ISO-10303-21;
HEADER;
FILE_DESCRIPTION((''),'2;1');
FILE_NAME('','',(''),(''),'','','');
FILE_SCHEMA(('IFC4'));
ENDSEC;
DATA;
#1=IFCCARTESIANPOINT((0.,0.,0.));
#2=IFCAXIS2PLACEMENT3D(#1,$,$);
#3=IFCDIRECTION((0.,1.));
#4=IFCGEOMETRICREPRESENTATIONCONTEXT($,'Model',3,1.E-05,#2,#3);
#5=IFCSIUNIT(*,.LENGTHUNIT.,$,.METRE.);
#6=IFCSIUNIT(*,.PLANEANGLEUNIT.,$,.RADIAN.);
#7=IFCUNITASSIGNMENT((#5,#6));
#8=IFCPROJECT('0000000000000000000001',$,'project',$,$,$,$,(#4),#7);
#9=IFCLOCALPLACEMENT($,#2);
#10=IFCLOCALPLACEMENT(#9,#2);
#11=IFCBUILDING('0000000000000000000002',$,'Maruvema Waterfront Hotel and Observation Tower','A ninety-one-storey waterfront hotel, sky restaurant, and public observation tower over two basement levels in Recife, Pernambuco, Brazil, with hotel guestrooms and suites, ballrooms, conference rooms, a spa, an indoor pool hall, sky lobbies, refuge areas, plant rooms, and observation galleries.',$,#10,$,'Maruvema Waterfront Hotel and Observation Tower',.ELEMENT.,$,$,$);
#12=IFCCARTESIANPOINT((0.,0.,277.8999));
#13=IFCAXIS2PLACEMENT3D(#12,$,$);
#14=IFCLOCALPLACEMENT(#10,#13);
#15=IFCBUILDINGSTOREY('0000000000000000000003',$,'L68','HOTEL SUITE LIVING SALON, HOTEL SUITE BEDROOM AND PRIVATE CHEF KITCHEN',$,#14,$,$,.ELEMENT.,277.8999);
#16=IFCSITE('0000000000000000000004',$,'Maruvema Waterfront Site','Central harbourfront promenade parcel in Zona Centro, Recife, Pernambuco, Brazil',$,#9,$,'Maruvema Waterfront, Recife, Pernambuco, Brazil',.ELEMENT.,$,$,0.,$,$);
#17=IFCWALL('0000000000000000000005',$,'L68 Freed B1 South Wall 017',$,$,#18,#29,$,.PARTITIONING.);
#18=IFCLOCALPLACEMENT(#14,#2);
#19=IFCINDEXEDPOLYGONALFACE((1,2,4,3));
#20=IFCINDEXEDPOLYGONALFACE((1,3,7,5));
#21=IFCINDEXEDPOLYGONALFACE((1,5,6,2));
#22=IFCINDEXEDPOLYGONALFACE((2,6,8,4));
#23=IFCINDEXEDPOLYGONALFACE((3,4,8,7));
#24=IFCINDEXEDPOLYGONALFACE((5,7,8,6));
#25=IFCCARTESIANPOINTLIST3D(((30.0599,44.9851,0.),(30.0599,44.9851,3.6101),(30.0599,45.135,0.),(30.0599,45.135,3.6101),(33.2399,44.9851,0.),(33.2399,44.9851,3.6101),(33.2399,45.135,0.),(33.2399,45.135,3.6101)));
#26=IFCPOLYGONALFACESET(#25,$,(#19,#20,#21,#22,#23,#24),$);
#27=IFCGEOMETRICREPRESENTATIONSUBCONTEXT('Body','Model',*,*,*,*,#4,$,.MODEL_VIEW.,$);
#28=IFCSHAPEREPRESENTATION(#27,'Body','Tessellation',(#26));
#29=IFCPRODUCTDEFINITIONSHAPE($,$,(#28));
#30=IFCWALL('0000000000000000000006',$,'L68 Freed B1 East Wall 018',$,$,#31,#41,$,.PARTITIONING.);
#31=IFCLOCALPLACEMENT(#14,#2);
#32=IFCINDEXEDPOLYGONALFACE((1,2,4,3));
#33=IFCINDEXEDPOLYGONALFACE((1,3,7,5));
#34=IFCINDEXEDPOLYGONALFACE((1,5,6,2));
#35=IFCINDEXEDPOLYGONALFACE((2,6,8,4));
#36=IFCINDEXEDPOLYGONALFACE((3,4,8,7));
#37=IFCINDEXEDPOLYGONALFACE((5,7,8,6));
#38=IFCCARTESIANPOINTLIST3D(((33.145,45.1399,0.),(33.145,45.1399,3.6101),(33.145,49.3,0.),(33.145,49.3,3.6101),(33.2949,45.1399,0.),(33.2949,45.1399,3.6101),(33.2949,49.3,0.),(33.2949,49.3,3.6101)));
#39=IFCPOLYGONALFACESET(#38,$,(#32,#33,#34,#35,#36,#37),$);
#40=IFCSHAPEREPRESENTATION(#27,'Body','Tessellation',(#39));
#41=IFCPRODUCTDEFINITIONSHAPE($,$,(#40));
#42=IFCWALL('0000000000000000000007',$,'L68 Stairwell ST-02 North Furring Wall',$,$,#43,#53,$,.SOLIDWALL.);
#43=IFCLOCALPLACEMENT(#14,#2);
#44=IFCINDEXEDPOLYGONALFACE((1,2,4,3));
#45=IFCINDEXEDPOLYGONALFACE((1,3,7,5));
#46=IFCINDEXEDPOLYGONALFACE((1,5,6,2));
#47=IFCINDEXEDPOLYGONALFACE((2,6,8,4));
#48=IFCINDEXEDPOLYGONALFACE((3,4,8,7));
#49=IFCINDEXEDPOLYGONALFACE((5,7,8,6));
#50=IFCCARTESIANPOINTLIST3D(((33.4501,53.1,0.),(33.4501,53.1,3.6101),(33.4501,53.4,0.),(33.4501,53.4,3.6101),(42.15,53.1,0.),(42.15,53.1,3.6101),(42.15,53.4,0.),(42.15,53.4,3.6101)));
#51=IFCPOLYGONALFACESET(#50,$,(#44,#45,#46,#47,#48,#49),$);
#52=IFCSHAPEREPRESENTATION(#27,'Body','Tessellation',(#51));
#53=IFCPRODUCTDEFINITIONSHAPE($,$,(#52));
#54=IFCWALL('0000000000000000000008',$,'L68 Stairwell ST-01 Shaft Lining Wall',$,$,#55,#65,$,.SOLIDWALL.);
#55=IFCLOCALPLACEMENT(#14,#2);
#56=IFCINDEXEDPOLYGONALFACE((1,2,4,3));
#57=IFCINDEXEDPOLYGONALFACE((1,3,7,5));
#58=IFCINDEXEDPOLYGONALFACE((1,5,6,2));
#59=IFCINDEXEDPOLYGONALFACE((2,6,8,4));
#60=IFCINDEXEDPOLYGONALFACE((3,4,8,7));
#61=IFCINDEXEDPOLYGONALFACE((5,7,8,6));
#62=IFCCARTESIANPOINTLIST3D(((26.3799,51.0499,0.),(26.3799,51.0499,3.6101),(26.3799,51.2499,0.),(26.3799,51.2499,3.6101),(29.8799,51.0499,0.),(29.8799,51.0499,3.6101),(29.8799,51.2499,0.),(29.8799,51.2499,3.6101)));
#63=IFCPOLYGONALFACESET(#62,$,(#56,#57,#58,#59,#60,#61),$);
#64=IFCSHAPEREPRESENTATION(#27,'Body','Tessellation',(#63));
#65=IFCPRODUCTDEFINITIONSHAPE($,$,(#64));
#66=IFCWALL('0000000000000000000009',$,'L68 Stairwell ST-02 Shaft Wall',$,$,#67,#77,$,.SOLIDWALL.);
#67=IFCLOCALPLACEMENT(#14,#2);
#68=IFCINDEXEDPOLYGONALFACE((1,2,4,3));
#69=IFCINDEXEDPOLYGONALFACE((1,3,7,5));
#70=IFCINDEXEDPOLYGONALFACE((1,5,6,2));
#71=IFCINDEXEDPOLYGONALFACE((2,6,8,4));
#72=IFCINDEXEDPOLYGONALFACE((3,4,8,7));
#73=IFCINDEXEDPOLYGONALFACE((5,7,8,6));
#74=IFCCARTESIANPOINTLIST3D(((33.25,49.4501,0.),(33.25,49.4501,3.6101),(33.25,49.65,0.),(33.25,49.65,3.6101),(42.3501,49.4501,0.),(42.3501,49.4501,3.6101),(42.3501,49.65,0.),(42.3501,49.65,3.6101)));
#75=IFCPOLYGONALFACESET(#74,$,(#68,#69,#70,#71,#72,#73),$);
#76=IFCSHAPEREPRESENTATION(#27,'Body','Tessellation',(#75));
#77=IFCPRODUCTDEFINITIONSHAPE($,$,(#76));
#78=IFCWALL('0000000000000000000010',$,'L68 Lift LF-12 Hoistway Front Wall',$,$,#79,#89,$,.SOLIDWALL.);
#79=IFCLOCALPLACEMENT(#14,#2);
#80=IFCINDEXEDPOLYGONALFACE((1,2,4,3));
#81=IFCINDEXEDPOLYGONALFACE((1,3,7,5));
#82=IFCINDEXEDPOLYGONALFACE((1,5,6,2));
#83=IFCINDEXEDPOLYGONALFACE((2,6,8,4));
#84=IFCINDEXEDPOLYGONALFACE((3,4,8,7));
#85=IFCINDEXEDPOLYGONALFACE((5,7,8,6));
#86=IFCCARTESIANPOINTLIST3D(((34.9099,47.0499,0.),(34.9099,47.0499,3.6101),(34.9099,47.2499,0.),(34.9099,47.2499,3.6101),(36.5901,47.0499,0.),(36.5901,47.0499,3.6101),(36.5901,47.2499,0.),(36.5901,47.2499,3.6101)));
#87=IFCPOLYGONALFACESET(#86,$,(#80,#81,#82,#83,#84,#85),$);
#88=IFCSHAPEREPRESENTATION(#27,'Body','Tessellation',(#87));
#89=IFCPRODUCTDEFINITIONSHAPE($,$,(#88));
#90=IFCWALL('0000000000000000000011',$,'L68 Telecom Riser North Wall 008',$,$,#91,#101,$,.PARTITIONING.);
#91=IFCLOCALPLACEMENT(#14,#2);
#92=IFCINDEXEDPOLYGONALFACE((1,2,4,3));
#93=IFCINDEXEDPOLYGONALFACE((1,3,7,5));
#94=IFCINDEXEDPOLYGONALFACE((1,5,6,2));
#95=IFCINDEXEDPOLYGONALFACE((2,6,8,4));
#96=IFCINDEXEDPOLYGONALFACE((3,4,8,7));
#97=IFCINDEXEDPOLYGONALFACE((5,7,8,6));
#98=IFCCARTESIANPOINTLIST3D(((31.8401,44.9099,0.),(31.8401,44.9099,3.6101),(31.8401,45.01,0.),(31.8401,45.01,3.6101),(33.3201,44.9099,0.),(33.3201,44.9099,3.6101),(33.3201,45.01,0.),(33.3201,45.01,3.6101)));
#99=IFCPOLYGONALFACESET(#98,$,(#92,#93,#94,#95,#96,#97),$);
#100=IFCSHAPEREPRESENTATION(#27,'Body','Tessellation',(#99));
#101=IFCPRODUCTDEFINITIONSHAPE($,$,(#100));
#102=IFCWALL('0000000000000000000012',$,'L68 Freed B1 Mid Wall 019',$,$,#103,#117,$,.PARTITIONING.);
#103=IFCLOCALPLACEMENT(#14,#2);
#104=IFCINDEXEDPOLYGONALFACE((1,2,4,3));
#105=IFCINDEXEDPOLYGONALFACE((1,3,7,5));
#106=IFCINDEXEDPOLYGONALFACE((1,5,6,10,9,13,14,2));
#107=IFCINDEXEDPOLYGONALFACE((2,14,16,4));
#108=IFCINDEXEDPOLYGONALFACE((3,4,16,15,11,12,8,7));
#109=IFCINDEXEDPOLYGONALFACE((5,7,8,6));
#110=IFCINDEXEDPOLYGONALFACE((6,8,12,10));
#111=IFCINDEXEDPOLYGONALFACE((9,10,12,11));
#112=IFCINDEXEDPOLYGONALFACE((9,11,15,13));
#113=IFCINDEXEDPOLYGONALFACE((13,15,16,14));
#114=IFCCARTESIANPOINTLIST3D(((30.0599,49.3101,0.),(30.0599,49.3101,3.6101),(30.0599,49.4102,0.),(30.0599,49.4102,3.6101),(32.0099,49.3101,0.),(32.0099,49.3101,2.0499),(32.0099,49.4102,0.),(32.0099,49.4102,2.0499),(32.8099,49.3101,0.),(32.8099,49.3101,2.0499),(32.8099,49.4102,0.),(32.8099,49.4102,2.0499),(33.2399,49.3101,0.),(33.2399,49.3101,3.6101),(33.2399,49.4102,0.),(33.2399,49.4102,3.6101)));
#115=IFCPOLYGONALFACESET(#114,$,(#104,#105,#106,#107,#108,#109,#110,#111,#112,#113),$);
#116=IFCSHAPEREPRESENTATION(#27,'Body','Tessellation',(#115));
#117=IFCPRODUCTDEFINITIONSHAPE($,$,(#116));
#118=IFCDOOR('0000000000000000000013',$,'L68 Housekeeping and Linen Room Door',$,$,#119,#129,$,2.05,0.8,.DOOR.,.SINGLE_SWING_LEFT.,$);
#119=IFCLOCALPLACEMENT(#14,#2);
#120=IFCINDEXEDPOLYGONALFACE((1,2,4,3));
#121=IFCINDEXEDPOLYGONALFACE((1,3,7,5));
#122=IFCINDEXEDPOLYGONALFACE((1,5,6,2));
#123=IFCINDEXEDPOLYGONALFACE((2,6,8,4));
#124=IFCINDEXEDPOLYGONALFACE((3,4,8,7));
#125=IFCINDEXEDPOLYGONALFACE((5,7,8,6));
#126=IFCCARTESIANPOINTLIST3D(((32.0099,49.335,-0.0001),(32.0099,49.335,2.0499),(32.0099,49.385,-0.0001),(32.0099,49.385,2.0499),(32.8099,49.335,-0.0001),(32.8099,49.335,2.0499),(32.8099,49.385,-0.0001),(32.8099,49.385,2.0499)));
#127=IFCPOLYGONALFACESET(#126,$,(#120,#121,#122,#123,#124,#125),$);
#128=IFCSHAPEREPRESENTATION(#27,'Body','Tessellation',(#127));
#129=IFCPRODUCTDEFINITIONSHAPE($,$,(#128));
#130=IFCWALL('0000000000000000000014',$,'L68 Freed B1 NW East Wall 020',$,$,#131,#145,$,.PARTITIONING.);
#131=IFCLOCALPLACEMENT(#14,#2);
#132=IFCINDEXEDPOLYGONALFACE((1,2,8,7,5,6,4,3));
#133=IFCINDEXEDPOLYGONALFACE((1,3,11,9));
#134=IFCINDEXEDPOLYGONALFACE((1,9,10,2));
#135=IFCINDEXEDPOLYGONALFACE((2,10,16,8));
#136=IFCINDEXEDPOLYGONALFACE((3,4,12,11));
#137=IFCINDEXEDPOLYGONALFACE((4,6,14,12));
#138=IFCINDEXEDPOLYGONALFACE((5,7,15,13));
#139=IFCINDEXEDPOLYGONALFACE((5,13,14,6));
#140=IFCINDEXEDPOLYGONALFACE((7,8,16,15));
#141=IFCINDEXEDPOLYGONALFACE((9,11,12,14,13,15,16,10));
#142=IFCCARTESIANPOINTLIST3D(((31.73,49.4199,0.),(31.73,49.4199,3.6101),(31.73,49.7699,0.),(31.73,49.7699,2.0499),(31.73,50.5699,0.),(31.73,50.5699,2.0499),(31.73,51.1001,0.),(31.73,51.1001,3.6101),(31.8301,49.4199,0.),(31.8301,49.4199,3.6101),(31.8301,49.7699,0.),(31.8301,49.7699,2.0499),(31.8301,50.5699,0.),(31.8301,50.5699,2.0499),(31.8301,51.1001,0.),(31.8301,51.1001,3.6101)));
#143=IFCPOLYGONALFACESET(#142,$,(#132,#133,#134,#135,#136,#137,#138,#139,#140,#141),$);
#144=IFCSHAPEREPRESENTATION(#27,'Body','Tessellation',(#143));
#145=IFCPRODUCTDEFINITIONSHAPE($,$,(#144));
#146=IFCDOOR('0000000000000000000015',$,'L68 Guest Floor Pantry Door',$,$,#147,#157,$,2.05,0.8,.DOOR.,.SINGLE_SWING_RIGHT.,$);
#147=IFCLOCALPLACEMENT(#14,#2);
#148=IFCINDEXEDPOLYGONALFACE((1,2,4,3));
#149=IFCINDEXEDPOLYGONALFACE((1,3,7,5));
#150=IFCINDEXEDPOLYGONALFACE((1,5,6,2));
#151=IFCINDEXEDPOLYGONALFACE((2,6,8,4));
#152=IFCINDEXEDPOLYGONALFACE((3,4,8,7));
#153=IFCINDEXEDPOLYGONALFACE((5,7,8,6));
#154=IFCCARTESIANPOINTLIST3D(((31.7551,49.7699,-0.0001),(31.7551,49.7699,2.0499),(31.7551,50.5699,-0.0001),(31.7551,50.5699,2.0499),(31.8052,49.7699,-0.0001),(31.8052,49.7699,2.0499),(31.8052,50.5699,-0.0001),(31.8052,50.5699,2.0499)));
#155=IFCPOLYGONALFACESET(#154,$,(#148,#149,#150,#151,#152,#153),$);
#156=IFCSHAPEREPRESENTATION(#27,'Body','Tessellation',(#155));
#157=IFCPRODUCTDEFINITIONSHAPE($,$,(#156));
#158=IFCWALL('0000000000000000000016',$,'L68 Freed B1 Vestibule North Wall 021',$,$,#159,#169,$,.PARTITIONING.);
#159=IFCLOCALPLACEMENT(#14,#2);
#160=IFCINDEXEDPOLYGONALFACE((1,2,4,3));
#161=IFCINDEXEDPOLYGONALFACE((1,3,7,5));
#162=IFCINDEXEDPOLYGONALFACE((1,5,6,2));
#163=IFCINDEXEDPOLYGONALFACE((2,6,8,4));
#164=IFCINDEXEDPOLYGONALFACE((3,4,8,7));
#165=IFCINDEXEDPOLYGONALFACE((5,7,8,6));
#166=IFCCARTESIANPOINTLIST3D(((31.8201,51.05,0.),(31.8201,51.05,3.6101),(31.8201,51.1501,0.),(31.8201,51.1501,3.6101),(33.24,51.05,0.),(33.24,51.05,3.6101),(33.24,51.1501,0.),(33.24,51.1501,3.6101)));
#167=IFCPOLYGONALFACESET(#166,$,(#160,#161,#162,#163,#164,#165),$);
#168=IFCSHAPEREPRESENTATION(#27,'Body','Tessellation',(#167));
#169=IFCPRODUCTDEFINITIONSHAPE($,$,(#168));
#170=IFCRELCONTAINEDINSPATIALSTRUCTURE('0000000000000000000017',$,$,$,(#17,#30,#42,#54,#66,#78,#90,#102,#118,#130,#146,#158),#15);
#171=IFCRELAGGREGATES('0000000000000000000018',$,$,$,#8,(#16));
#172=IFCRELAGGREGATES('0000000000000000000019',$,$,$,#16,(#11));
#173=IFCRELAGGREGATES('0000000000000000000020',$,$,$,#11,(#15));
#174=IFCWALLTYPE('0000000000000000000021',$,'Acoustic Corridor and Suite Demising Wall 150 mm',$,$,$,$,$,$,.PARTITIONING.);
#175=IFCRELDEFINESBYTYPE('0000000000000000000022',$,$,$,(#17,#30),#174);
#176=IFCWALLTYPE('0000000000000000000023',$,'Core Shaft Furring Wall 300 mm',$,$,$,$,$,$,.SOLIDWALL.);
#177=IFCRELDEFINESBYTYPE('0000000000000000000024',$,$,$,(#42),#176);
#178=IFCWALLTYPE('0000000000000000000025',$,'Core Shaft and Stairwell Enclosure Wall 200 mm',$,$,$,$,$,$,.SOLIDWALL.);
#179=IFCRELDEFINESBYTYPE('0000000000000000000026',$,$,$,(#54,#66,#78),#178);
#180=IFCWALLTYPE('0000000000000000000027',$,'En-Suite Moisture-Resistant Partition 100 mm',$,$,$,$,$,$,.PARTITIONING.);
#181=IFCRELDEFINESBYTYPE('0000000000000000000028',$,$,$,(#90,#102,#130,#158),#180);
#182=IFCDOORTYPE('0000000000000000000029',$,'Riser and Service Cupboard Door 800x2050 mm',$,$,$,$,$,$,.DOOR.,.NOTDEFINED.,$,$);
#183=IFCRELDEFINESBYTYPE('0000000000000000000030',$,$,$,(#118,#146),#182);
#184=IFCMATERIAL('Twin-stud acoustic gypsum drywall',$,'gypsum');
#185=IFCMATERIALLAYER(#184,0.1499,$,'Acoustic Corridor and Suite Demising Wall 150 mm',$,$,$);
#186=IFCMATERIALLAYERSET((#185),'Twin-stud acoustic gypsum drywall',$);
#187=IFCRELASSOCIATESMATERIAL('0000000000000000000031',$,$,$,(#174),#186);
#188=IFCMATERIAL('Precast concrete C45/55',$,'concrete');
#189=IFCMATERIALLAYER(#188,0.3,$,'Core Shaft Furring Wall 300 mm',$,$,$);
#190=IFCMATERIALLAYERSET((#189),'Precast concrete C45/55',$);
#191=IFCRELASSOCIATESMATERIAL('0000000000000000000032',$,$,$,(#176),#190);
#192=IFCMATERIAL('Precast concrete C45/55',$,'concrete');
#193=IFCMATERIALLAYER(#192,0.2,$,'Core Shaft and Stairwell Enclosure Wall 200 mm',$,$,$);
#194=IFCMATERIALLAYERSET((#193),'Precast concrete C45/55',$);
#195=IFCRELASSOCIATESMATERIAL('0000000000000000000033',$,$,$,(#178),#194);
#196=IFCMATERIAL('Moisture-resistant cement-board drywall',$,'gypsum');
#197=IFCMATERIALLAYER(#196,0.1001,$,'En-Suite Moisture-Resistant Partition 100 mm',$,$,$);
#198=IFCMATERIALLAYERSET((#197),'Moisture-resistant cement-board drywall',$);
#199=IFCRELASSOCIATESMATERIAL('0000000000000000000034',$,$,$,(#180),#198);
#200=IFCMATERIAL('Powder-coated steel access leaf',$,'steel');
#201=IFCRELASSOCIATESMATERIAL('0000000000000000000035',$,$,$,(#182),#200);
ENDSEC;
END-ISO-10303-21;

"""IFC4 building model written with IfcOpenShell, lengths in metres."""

from ifc_helpers import new_model, si_unit, direction, frame, frame_2d, origin, place, context, subcontext, project, spatial, rectangle, extrude, material, layer, layer_set, type_object, element, fill, save


model = new_model("IFC4")

# Units and contexts
model_context = context("Model", 3, precision=1e-05, world=origin(), true_north=direction((0.0, 1.0)))
body_context = subcontext(model_context, "Body", "Model", "MODEL_VIEW")
ifc_project = project(units=[si_unit("LENGTHUNIT", "METRE"), si_unit("PLANEANGLEUNIT", "RADIAN")], contexts=[model_context])

# Site, building, storey
site_placement = place(None, origin())
site = spatial("IfcSite", under=ifc_project, at=site_placement, Name="Maruvema Waterfront Site", Description="Central harbourfront promenade parcel in Zona Centro, Recife, Pernambuco, Brazil", LongName="Maruvema Waterfront, Recife, Pernambuco, Brazil", CompositionType="ELEMENT", RefElevation=0.0)
building_placement = place(site_placement, origin())
building = spatial("IfcBuilding", under=site, at=building_placement, Name="Maruvema Waterfront Hotel and Observation Tower", Description="A ninety-one-storey waterfront hotel, sky restaurant, and public observation tower over two basement levels in Recife, Pernambuco, Brazil, with hotel guestrooms and suites, ballrooms, conference rooms, a spa, an indoor pool hall, sky lobbies, refuge areas, plant rooms, and observation galleries.", LongName="Maruvema Waterfront Hotel and Observation Tower", CompositionType="ELEMENT")
storey_placement = place(building_placement, frame((0.0, 0.0, 277.8999)))
storey = spatial("IfcBuildingStorey", under=building, at=storey_placement, Name="L68", Description="HOTEL SUITE LIVING SALON, HOTEL SUITE BEDROOM AND PRIVATE CHEF KITCHEN", CompositionType="ELEMENT", Elevation=277.8999)

# Walls
ifc_material_1 = material(Name="Twin-stud acoustic gypsum drywall", Category="gypsum")
ifc_layer_1 = layer(ifc_material_1, 0.1499, Name="Acoustic Corridor and Suite Demising Wall 150 mm")
ifc_layer_set_1 = layer_set([ifc_layer_1], Name="Twin-stud acoustic gypsum drywall")
wall_type_1 = type_object("IfcWallType", Name="Acoustic Corridor and Suite Demising Wall 150 mm", PredefinedType="PARTITIONING", material=ifc_layer_set_1)
wall_1_placement = place(storey_placement, frame((30.0601, 45.0601, 0.0), z_axis=(0.0, 0.0, 1.0), x_axis=(1.0, 0.0, 0.0)))
element("IfcWall", 1, at=wall_1_placement, inside=storey, type_object=wall_type_1, Name="L68 Freed B1 South Wall 017", PredefinedType="PARTITIONING", context=body_context, shape_type="SweptSolid", body=[
    extrude(rectangle(XDim=3.1799, YDim=0.1499, at=frame_2d((1.5898, 0.0))), origin(), (0.0, 0.0, 1.0), 3.6101),
])
wall_2_placement = place(storey_placement, frame((33.22, 45.1399, 0.0), z_axis=(0.0, 0.0, 1.0), x_axis=(0.0, 1.0, 0.0)))
element("IfcWall", 2, at=wall_2_placement, inside=storey, type_object=wall_type_1, Name="L68 Freed B1 East Wall 018", PredefinedType="PARTITIONING", context=body_context, shape_type="SweptSolid", body=[
    extrude(rectangle(XDim=4.1602, YDim=0.1499, at=frame_2d((2.0801, 0.0))), origin(), (0.0, 0.0, 1.0), 3.6101),
])
ifc_material_2 = material(Name="Precast concrete C45/55", Category="concrete")
ifc_layer_2 = layer(ifc_material_2, 0.3, Name="Core Shaft Furring Wall 300 mm")
ifc_layer_set_2 = layer_set([ifc_layer_2], Name="Precast concrete C45/55")
wall_type_2 = type_object("IfcWallType", Name="Core Shaft Furring Wall 300 mm", PredefinedType="SOLIDWALL", material=ifc_layer_set_2)
wall_3_placement = place(storey_placement, frame((33.45, 53.25, 0.0), z_axis=(0.0, 0.0, 1.0), x_axis=(1.0, 0.0, 0.0)))
element("IfcWall", 3, at=wall_3_placement, inside=storey, type_object=wall_type_2, Name="L68 Stairwell ST-02 North Furring Wall", PredefinedType="SOLIDWALL", context=body_context, shape_type="SweptSolid", body=[
    extrude(rectangle(XDim=8.7, YDim=0.3, at=frame_2d((4.3501, 0.0))), origin(), (0.0, 0.0, 1.0), 3.6101),
])
ifc_material_3 = material(Name="Precast concrete C45/55", Category="concrete")
ifc_layer_3 = layer(ifc_material_3, 0.2, Name="Core Shaft and Stairwell Enclosure Wall 200 mm")
ifc_layer_set_3 = layer_set([ifc_layer_3], Name="Precast concrete C45/55")
wall_type_3 = type_object("IfcWallType", Name="Core Shaft and Stairwell Enclosure Wall 200 mm", PredefinedType="SOLIDWALL", material=ifc_layer_set_3)
wall_4_placement = place(storey_placement, frame((26.3799, 51.1499, 0.0), z_axis=(0.0, 0.0, 1.0), x_axis=(1.0, 0.0, 0.0)))
element("IfcWall", 4, at=wall_4_placement, inside=storey, type_object=wall_type_3, Name="L68 Stairwell ST-01 Shaft Lining Wall", PredefinedType="SOLIDWALL", context=body_context, shape_type="SweptSolid", body=[
    extrude(rectangle(XDim=3.5, YDim=0.2, at=frame_2d((1.75, 0.0))), origin(), (0.0, 0.0, 1.0), 3.6101),
])
wall_5_placement = place(storey_placement, frame((33.25, 49.55, 0.0), z_axis=(0.0, 0.0, 1.0), x_axis=(1.0, 0.0, 0.0)))
element("IfcWall", 5, at=wall_5_placement, inside=storey, type_object=wall_type_3, Name="L68 Stairwell ST-02 Shaft Wall", PredefinedType="SOLIDWALL", context=body_context, shape_type="SweptSolid", body=[
    extrude(rectangle(XDim=9.1001, YDim=0.2, at=frame_2d((4.55, 0.0))), origin(), (0.0, 0.0, 1.0), 3.6101),
])

# Walls
wall_6_placement = place(storey_placement, frame((34.9099, 47.1499, 0.0), z_axis=(0.0, 0.0, 1.0), x_axis=(1.0, 0.0, 0.0)))
element("IfcWall", 6, at=wall_6_placement, inside=storey, type_object=wall_type_3, Name="L68 Lift LF-12 Hoistway Front Wall", PredefinedType="SOLIDWALL", context=body_context, shape_type="SweptSolid", body=[
    extrude(rectangle(XDim=1.6802, YDim=0.2, at=frame_2d((0.8401, 0.0))), origin(), (0.0, 0.0, 1.0), 3.6101),
])
ifc_material_4 = material(Name="Moisture-resistant cement-board drywall", Category="gypsum")
ifc_layer_4 = layer(ifc_material_4, 0.1001, Name="En-Suite Moisture-Resistant Partition 100 mm")
ifc_layer_set_4 = layer_set([ifc_layer_4], Name="Moisture-resistant cement-board drywall")
wall_type_4 = type_object("IfcWallType", Name="En-Suite Moisture-Resistant Partition 100 mm", PredefinedType="PARTITIONING", material=ifc_layer_set_4)
wall_7_placement = place(storey_placement, frame((31.8401, 44.96, 0.0), z_axis=(0.0, 0.0, 1.0), x_axis=(1.0, 0.0, 0.0)))
element("IfcWall", 7, at=wall_7_placement, inside=storey, type_object=wall_type_4, Name="L68 Telecom Riser North Wall 008", PredefinedType="PARTITIONING", context=body_context, shape_type="SweptSolid", body=[
    extrude(rectangle(XDim=1.48, YDim=0.1001, at=frame_2d((0.74, 0.0))), origin(), (0.0, 0.0, 1.0), 3.6101),
])

# Walls, openings, doors
wall_8_placement = place(storey_placement, frame((30.0601, 49.3601, 0.0), z_axis=(0.0, 0.0, 1.0), x_axis=(1.0, 0.0, 0.0)))
wall_8 = element("IfcWall", 8, at=wall_8_placement, inside=storey, type_object=wall_type_4, Name="L68 Freed B1 Mid Wall 019", PredefinedType="PARTITIONING", context=body_context, shape_type="SweptSolid", body=[
    extrude(rectangle(XDim=3.1799, YDim=0.1001, at=frame_2d((1.5898, 0.0))), origin(), (0.0, 0.0, 1.0), 3.6101),
])
opening_1_placement = place(wall_8_placement, frame((1.95, 0.0, 0.0)))
opening_1 = element("IfcOpeningElement", 9, at=opening_1_placement, cuts=wall_8, PredefinedType="OPENING", context=body_context, shape_type="SweptSolid", body=[
    extrude(rectangle(XDim=0.8, YDim=2.05, at=frame_2d((0.3999, 1.0249))), frame((0.0, 0.0601, 0.0), z_axis=(0.0, -1.0, 0.0), x_axis=(1.0, 0.0, 0.0)), (0.0, 0.0, 1.0), 0.1201),
])
ifc_material_5 = material(Name="Powder-coated steel access leaf", Category="steel")
door_type_1 = type_object("IfcDoorType", Name="Riser and Service Cupboard Door 800x2050 mm", OperationType="NOTDEFINED", PredefinedType="DOOR", material=ifc_material_5)
door_1_placement = place(opening_1_placement, origin())
door_1 = element("IfcDoor", 10, at=door_1_placement, inside=storey, type_object=door_type_1, Name="L68 Housekeeping and Linen Room Door", OperationType="SINGLE_SWING_LEFT", OverallHeight=2.05, OverallWidth=0.8, PredefinedType="DOOR", context=body_context, shape_type="SweptSolid", body=[
    extrude(rectangle(XDim=0.8, YDim=2.05, at=frame_2d((0.3999, 1.0249))), frame((0.0, 0.0249, 0.0), z_axis=(0.0, -1.0, 0.0), x_axis=(1.0, 0.0, 0.0)), (0.0, 0.0, 1.0), 0.05),
])
fill(opening_1, door_1)
wall_9_placement = place(storey_placement, frame((31.78, 49.4199, 0.0), z_axis=(0.0, 0.0, 1.0), x_axis=(0.0, 1.0, 0.0)))
wall_9 = element("IfcWall", 11, at=wall_9_placement, inside=storey, type_object=wall_type_4, Name="L68 Freed B1 NW East Wall 020", PredefinedType="PARTITIONING", context=body_context, shape_type="SweptSolid", body=[
    extrude(rectangle(XDim=1.6802, YDim=0.1001, at=frame_2d((0.8401, 0.0))), origin(), (0.0, 0.0, 1.0), 3.6101),
])
opening_2_placement = place(wall_9_placement, frame((0.3501, 0.0, 0.0)))
opening_2 = element("IfcOpeningElement", 12, at=opening_2_placement, cuts=wall_9, PredefinedType="OPENING", context=body_context, shape_type="SweptSolid", body=[
    extrude(rectangle(XDim=0.8, YDim=2.05, at=frame_2d((0.3999, 1.0249))), frame((0.0, 0.0601, 0.0), z_axis=(0.0, -1.0, 0.0), x_axis=(1.0, 0.0, 0.0)), (0.0, 0.0, 1.0), 0.1201),
])
door_2_placement = place(opening_2_placement, origin())
door_2 = element("IfcDoor", 13, at=door_2_placement, inside=storey, type_object=door_type_1, Name="L68 Guest Floor Pantry Door", OperationType="SINGLE_SWING_RIGHT", OverallHeight=2.05, OverallWidth=0.8, PredefinedType="DOOR", context=body_context, shape_type="SweptSolid", body=[
    extrude(rectangle(XDim=0.8, YDim=2.05, at=frame_2d((0.3999, 1.0249))), frame((0.0, 0.0249, 0.0), z_axis=(0.0, -1.0, 0.0), x_axis=(1.0, 0.0, 0.0)), (0.0, 0.0, 1.0), 0.05),
])
fill(opening_2, door_2)

# Wall
wall_10_placement = place(storey_placement, frame((31.8201, 51.1001, 0.0), z_axis=(0.0, 0.0, 1.0), x_axis=(1.0, 0.0, 0.0)))
element("IfcWall", 14, at=wall_10_placement, inside=storey, type_object=wall_type_4, Name="L68 Freed B1 Vestibule North Wall 021", PredefinedType="PARTITIONING", context=body_context, shape_type="SweptSolid", body=[
    extrude(rectangle(XDim=1.4199, YDim=0.1001, at=frame_2d((0.71, 0.0))), origin(), (0.0, 0.0, 1.0), 3.6101),
])

save(model, "model.ifc")
